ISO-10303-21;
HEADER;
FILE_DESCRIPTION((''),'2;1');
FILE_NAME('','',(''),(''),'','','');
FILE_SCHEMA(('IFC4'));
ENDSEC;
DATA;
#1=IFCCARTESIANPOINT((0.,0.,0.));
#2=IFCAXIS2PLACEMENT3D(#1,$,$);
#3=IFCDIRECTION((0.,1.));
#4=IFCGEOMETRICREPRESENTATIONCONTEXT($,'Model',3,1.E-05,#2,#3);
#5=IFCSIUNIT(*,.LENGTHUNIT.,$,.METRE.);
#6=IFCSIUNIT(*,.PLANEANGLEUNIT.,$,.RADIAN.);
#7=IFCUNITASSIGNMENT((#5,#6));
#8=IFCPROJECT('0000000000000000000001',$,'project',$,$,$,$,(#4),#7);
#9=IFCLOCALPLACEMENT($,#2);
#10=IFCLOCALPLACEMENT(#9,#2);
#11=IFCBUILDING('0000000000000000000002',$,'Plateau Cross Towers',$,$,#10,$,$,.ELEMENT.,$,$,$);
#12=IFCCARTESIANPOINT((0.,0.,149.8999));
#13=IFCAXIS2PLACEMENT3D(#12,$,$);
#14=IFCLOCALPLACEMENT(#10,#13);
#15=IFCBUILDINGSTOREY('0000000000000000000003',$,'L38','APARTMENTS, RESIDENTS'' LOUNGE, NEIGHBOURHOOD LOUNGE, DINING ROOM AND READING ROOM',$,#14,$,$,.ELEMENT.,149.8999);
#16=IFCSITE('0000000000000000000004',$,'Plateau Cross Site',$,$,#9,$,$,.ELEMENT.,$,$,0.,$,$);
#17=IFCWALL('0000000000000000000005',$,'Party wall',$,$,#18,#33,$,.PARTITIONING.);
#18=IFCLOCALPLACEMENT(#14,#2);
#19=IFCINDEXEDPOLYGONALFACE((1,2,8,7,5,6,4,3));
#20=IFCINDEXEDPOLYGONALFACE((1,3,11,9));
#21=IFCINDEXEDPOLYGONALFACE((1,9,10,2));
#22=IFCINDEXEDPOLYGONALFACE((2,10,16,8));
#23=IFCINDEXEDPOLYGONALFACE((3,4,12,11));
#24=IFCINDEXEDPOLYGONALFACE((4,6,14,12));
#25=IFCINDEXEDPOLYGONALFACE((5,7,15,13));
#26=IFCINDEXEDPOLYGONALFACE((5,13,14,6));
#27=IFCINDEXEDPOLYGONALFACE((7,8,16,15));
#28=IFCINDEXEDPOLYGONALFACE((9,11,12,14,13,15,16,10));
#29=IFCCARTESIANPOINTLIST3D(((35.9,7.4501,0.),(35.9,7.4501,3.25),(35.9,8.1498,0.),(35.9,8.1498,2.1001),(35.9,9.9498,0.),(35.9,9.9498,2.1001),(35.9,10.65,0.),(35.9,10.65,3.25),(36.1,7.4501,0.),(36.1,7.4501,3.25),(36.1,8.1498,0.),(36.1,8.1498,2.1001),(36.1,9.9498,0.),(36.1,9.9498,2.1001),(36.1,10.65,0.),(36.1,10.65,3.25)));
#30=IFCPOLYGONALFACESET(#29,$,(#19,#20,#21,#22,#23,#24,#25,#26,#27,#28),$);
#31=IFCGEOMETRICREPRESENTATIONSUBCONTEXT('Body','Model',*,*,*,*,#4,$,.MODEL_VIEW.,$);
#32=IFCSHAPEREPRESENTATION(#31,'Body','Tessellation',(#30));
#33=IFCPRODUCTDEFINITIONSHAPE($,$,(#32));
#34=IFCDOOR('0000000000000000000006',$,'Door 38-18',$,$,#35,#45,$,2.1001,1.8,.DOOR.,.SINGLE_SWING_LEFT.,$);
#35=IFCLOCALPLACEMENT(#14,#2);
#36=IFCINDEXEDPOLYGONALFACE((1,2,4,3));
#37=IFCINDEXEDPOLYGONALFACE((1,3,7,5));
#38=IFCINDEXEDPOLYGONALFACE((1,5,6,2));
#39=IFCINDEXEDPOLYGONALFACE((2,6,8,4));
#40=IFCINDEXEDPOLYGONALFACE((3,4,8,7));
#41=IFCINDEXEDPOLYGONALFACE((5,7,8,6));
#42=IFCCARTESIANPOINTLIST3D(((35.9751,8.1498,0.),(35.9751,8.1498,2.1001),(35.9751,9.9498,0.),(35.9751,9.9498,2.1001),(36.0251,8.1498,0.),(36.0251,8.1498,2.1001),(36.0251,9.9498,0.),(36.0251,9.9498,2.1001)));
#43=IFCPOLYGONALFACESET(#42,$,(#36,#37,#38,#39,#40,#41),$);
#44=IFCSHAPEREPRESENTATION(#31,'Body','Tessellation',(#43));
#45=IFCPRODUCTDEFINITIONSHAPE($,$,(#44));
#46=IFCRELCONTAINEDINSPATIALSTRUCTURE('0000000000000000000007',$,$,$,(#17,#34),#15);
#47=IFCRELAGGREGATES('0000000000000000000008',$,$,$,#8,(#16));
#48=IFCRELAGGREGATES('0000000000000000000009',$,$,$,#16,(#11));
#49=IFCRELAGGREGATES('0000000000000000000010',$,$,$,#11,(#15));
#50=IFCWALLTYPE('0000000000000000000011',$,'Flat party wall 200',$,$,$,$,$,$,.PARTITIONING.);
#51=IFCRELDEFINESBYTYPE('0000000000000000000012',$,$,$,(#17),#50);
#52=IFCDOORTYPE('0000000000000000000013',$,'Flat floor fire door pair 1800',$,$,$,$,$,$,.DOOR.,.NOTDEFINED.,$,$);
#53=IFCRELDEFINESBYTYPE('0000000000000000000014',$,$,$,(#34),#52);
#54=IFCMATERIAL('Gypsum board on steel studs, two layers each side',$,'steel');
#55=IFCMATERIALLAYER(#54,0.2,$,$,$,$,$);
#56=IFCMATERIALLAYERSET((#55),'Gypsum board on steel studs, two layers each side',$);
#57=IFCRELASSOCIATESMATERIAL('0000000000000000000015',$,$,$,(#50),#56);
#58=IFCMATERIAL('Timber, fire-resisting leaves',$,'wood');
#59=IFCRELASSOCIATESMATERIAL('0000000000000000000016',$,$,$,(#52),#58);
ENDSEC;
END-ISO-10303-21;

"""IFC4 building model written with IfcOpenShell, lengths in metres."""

from ifc_helpers import new_model, si_unit, direction, frame, frame_2d, origin, place, context, subcontext, project, spatial, rectangle, extrude, material, layer, layer_set, type_object, element, fill, save


model = new_model("IFC4")

# Units and contexts
model_context = context("Model", 3, precision=1e-05, world=origin(), true_north=direction((0.0, 1.0)))
body_context = subcontext(model_context, "Body", "Model", "MODEL_VIEW")
ifc_project = project(units=[si_unit("LENGTHUNIT", "METRE"), si_unit("PLANEANGLEUNIT", "RADIAN")], contexts=[model_context])

# Site, building, storey
site_placement = place(None, origin())
site = spatial("IfcSite", under=ifc_project, at=site_placement, Name="Plateau Cross Site", CompositionType="ELEMENT", RefElevation=0.0)
building_placement = place(site_placement, origin())
building = spatial("IfcBuilding", under=site, at=building_placement, Name="Plateau Cross Towers", CompositionType="ELEMENT")
storey_placement = place(building_placement, frame((0.0, 0.0, 149.8999)))
storey = spatial("IfcBuildingStorey", under=building, at=storey_placement, Name="L38", Description="APARTMENTS, RESIDENTS' LOUNGE, NEIGHBOURHOOD LOUNGE, DINING ROOM AND READING ROOM", CompositionType="ELEMENT", Elevation=149.8999)

# Shared definitions
ifc_material_1 = material(Name="Gypsum board on steel studs, two layers each side", Category="steel")
ifc_layer_1 = layer(ifc_material_1, 0.2)
ifc_layer_set_1 = layer_set([ifc_layer_1], Name="Gypsum board on steel studs, two layers each side")
wall_type_1 = type_object("IfcWallType", Name="Flat party wall 200", PredefinedType="PARTITIONING", material=ifc_layer_set_1)

# Wall, opening, door
wall_1_placement = place(storey_placement, frame((36.0, 7.45, 0.0), z_axis=(0.0, 0.0, 1.0), x_axis=(0.0, 1.0, 0.0)))
wall_1 = element("IfcWall", 1, at=wall_1_placement, inside=storey, type_object=wall_type_1, Name="Party wall", PredefinedType="PARTITIONING", context=body_context, shape_type="SweptSolid", body=[
    extrude(rectangle(XDim=3.2, YDim=0.2, at=frame_2d((1.6001, 0.0))), origin(), (0.0, 0.0, 1.0), 3.25),
])
opening_1_placement = place(wall_1_placement, frame((0.7, 0.0, 0.0)))
opening_1 = element("IfcOpeningElement", 2, at=opening_1_placement, cuts=wall_1, PredefinedType="OPENING", context=body_context, shape_type="SweptSolid", body=[
    extrude(rectangle(XDim=1.8, YDim=2.1001, at=frame_2d((0.8999, 1.05))), frame((0.0, 0.1099, 0.0), z_axis=(0.0, -1.0, 0.0), x_axis=(1.0, 0.0, 0.0)), (0.0, 0.0, 1.0), 0.22),
])
ifc_material_2 = material(Name="Timber, fire-resisting leaves", Category="wood")
door_type_1 = type_object("IfcDoorType", Name="Flat floor fire door pair 1800", OperationType="NOTDEFINED", PredefinedType="DOOR", material=ifc_material_2)
door_1_placement = place(opening_1_placement, origin())
door_1 = element("IfcDoor", 3, at=door_1_placement, inside=storey, type_object=door_type_1, Name="Door 38-18", OperationType="SINGLE_SWING_LEFT", OverallHeight=2.1001, OverallWidth=1.8, PredefinedType="DOOR", context=body_context, shape_type="SweptSolid", body=[
    extrude(rectangle(XDim=1.8, YDim=2.1001, at=frame_2d((0.8999, 1.05))), frame((0.0, 0.0249, 0.0), z_axis=(0.0, -1.0, 0.0), x_axis=(1.0, 0.0, 0.0)), (0.0, 0.0, 1.0), 0.05),
])
fill(opening_1, door_1)

save(model, "model.ifc")
